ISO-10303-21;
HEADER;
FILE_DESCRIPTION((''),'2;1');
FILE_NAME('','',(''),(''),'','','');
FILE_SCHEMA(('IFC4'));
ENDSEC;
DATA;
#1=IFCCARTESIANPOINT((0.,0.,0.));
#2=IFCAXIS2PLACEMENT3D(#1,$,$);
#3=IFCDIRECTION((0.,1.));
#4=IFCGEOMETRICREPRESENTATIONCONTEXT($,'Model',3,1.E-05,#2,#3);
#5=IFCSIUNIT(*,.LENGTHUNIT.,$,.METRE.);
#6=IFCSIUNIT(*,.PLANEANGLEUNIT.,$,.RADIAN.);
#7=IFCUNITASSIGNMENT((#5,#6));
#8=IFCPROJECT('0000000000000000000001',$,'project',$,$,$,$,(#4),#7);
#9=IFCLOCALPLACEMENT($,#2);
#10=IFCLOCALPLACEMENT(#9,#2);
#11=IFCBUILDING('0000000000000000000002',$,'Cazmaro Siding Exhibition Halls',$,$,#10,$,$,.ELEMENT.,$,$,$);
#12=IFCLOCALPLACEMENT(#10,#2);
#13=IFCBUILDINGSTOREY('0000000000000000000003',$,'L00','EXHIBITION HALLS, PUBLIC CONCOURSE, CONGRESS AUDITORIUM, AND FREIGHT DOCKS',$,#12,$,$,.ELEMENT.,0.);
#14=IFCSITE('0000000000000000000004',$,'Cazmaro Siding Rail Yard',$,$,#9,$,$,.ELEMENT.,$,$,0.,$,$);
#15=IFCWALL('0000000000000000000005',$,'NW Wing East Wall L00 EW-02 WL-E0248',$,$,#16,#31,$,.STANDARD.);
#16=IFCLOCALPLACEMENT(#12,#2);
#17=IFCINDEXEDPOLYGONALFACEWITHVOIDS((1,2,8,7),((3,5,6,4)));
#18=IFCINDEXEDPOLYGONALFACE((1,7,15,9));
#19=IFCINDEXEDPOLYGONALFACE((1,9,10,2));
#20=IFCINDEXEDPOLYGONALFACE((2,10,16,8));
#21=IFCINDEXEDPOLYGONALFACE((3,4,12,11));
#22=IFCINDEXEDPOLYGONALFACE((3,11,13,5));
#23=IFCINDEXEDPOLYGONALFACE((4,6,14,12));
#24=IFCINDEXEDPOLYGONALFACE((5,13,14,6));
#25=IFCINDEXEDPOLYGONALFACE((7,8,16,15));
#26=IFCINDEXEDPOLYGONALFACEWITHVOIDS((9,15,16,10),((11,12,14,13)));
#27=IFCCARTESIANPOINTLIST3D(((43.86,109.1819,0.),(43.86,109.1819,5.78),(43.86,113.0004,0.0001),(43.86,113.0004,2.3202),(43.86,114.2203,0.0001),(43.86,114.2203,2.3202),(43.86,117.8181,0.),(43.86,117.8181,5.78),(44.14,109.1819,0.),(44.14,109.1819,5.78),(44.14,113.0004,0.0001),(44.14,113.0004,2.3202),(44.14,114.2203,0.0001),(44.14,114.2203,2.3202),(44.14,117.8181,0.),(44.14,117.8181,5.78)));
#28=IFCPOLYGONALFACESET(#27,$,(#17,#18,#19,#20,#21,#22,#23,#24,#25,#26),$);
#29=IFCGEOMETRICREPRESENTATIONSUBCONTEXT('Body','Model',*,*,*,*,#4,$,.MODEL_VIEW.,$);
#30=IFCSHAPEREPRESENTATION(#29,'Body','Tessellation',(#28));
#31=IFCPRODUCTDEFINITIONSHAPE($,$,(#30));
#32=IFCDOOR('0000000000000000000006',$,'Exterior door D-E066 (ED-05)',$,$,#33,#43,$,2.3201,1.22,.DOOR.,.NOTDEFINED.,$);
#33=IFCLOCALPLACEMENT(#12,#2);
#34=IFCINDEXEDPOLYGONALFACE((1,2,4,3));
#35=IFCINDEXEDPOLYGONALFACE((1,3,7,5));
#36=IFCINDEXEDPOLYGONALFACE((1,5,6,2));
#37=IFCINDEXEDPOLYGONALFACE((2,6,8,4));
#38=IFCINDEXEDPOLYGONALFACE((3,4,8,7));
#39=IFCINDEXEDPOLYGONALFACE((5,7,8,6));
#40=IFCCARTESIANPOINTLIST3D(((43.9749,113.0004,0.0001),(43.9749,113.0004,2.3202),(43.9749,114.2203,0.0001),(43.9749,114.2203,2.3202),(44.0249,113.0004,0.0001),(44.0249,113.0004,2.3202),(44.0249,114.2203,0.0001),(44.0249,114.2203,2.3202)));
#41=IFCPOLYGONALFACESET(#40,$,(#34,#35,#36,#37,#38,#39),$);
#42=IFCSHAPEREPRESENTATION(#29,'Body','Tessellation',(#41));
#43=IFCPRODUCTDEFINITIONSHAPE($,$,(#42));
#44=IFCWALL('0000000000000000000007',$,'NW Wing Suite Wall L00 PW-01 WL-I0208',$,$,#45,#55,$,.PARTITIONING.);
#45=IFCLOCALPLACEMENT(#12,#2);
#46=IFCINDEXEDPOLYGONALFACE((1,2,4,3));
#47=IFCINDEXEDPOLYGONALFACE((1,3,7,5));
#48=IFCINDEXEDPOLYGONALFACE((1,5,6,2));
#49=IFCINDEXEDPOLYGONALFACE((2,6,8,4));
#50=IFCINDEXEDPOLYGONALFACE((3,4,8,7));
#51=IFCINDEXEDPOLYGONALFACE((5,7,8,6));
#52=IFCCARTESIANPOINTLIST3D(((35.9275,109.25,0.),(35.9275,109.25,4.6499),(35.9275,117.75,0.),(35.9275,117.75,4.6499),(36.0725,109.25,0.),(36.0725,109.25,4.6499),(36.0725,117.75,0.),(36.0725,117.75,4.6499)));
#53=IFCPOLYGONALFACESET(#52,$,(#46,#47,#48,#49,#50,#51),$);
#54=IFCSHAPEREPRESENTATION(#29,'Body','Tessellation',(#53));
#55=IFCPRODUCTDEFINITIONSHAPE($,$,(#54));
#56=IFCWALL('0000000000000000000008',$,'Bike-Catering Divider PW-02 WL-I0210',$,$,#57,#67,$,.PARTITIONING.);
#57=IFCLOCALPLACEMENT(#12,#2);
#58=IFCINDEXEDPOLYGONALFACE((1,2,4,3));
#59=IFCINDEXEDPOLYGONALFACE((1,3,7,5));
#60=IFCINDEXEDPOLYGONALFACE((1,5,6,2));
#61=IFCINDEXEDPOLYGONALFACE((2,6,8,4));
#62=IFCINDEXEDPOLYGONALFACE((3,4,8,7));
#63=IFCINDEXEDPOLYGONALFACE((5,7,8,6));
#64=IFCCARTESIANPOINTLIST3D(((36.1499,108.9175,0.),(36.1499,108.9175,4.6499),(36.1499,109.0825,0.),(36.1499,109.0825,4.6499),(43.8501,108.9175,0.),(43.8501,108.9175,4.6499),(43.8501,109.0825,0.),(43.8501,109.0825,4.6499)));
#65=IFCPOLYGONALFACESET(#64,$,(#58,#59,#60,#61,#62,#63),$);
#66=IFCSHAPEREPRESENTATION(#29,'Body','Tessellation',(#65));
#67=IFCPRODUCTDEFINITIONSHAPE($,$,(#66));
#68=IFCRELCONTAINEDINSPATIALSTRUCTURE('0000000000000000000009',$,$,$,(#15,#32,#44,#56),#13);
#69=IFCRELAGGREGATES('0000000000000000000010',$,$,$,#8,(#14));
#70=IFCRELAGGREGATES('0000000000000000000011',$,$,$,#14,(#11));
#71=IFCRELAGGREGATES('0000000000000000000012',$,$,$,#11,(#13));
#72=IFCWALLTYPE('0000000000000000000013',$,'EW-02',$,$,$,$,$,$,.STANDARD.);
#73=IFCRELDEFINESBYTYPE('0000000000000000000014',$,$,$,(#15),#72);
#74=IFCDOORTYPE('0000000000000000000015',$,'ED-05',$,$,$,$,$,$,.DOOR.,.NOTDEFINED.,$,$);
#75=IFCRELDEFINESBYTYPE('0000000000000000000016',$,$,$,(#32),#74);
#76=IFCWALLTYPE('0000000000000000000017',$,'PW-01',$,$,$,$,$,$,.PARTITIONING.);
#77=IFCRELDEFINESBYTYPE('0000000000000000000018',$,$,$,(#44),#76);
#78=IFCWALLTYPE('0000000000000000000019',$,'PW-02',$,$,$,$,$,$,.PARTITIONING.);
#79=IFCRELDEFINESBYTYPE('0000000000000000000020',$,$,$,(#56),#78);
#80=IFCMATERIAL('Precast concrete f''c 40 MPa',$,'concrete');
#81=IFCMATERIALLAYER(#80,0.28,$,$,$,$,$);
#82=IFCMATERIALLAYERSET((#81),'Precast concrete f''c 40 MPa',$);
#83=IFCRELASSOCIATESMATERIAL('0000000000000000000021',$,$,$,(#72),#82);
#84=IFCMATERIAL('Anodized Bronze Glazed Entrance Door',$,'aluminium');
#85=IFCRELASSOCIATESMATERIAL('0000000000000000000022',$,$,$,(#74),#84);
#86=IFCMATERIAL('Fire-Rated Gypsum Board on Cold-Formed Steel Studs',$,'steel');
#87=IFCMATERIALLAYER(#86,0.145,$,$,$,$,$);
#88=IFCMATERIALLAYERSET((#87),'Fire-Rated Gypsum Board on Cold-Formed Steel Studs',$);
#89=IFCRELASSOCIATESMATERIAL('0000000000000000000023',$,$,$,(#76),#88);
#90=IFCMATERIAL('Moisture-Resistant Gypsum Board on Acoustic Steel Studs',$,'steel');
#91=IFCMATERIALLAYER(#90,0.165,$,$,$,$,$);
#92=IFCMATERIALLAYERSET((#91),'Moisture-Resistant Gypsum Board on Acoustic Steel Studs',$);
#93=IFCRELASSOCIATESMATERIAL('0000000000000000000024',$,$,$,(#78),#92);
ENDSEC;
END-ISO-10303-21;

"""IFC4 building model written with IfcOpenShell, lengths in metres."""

from ifc_helpers import new_model, si_unit, direction, frame, frame_2d, origin, place, context, subcontext, project, spatial, rectangle, extrude, material, layer, layer_set, type_object, element, fill, save


model = new_model("IFC4")

# Units and contexts
model_context = context("Model", 3, precision=1e-05, world=origin(), true_north=direction((0.0, 1.0)))
body_context = subcontext(model_context, "Body", "Model", "MODEL_VIEW")
ifc_project = project(units=[si_unit("LENGTHUNIT", "METRE"), si_unit("PLANEANGLEUNIT", "RADIAN")], contexts=[model_context])

# Site, building, storey
site_placement = place(None, origin())
site = spatial("IfcSite", under=ifc_project, at=site_placement, Name="Cazmaro Siding Rail Yard", CompositionType="ELEMENT", RefElevation=0.0)
building_placement = place(site_placement, origin())
building = spatial("IfcBuilding", under=site, at=building_placement, Name="Cazmaro Siding Exhibition Halls", CompositionType="ELEMENT")
storey_placement = place(building_placement, origin())
storey = spatial("IfcBuildingStorey", under=building, at=storey_placement, Name="L00", Description="EXHIBITION HALLS, PUBLIC CONCOURSE, CONGRESS AUDITORIUM, AND FREIGHT DOCKS", CompositionType="ELEMENT", Elevation=0.0)

# Wall, opening, door
ifc_material_1 = material(Name="Precast concrete f'c 40 MPa", Category="concrete")
ifc_layer_1 = layer(ifc_material_1, 0.28)
ifc_layer_set_1 = layer_set([ifc_layer_1], Name="Precast concrete f'c 40 MPa")
wall_type_1 = type_object("IfcWallType", Name="EW-02", PredefinedType="STANDARD", material=ifc_layer_set_1)
wall_1_placement = place(storey_placement, frame((44.0, 117.8181, 0.0), z_axis=(0.0, 0.0, 1.0), x_axis=(0.0, -1.0, 0.0)))
wall_1 = element("IfcWall", 1, at=wall_1_placement, inside=storey, type_object=wall_type_1, Name="NW Wing East Wall L00 EW-02 WL-E0248", PredefinedType="STANDARD", context=body_context, shape_type="SweptSolid", body=[
    extrude(rectangle(XDim=8.6362, YDim=0.28, at=frame_2d((4.3181, 0.0))), origin(), (0.0, 0.0, 1.0), 5.78),
])
opening_placement = place(wall_1_placement, frame((3.5979, 0.0, 0.0)))
opening = element("IfcOpeningElement", 2, at=opening_placement, cuts=wall_1, PredefinedType="OPENING", context=body_context, shape_type="SweptSolid", body=[
    extrude(rectangle(XDim=1.22, YDim=2.3201, at=frame_2d((0.6099, 1.1602))), frame((0.0, 0.1499, 0.0), z_axis=(0.0, -1.0, 0.0), x_axis=(1.0, 0.0, 0.0)), (0.0, 0.0, 1.0), 0.3),
])
ifc_material_2 = material(Name="Anodized Bronze Glazed Entrance Door", Category="aluminium")
door_type = type_object("IfcDoorType", Name="ED-05", OperationType="NOTDEFINED", PredefinedType="DOOR", material=ifc_material_2)
door_placement = place(opening_placement, origin())
door = element("IfcDoor", 3, at=door_placement, inside=storey, type_object=door_type, Name="Exterior door D-E066 (ED-05)", OperationType="NOTDEFINED", OverallHeight=2.3201, OverallWidth=1.22, PredefinedType="DOOR", context=body_context, shape_type="SweptSolid", body=[
    extrude(rectangle(XDim=1.22, YDim=2.3201, at=frame_2d((0.6099, 1.1602))), frame((0.0, 0.0249, 0.0), z_axis=(0.0, -1.0, 0.0), x_axis=(1.0, 0.0, 0.0)), (0.0, 0.0, 1.0), 0.05),
])
fill(opening, door)

# Walls
ifc_material_3 = material(Name="Fire-Rated Gypsum Board on Cold-Formed Steel Studs", Category="steel")
ifc_layer_2 = layer(ifc_material_3, 0.145)
ifc_layer_set_2 = layer_set([ifc_layer_2], Name="Fire-Rated Gypsum Board on Cold-Formed Steel Studs")
wall_type_2 = type_object("IfcWallType", Name="PW-01", PredefinedType="PARTITIONING", material=ifc_layer_set_2)
wall_2_placement = place(storey_placement, frame((36.0, 109.25, 0.0), z_axis=(0.0, 0.0, 1.0), x_axis=(0.0, 1.0, 0.0)))
element("IfcWall", 4, at=wall_2_placement, inside=storey, type_object=wall_type_2, Name="NW Wing Suite Wall L00 PW-01 WL-I0208", PredefinedType="PARTITIONING", context=body_context, shape_type="SweptSolid", body=[
    extrude(rectangle(XDim=8.5, YDim=0.145, at=frame_2d((4.25, 0.0))), origin(), (0.0, 0.0, 1.0), 4.6499),
])
ifc_material_4 = material(Name="Moisture-Resistant Gypsum Board on Acoustic Steel Studs", Category="steel")
ifc_layer_3 = layer(ifc_material_4, 0.165)
ifc_layer_set_3 = layer_set([ifc_layer_3], Name="Moisture-Resistant Gypsum Board on Acoustic Steel Studs")
wall_type_3 = type_object("IfcWallType", Name="PW-02", PredefinedType="PARTITIONING", material=ifc_layer_set_3)
wall_3_placement = place(storey_placement, frame((36.1499, 109.0, 0.0), z_axis=(0.0, 0.0, 1.0), x_axis=(1.0, 0.0, 0.0)))
element("IfcWall", 5, at=wall_3_placement, inside=storey, type_object=wall_type_3, Name="Bike-Catering Divider PW-02 WL-I0210", PredefinedType="PARTITIONING", context=body_context, shape_type="SweptSolid", body=[
    extrude(rectangle(XDim=7.7002, YDim=0.165, at=frame_2d((3.8501, 0.0))), origin(), (0.0, 0.0, 1.0), 4.6499),
])

save(model, "model.ifc")
